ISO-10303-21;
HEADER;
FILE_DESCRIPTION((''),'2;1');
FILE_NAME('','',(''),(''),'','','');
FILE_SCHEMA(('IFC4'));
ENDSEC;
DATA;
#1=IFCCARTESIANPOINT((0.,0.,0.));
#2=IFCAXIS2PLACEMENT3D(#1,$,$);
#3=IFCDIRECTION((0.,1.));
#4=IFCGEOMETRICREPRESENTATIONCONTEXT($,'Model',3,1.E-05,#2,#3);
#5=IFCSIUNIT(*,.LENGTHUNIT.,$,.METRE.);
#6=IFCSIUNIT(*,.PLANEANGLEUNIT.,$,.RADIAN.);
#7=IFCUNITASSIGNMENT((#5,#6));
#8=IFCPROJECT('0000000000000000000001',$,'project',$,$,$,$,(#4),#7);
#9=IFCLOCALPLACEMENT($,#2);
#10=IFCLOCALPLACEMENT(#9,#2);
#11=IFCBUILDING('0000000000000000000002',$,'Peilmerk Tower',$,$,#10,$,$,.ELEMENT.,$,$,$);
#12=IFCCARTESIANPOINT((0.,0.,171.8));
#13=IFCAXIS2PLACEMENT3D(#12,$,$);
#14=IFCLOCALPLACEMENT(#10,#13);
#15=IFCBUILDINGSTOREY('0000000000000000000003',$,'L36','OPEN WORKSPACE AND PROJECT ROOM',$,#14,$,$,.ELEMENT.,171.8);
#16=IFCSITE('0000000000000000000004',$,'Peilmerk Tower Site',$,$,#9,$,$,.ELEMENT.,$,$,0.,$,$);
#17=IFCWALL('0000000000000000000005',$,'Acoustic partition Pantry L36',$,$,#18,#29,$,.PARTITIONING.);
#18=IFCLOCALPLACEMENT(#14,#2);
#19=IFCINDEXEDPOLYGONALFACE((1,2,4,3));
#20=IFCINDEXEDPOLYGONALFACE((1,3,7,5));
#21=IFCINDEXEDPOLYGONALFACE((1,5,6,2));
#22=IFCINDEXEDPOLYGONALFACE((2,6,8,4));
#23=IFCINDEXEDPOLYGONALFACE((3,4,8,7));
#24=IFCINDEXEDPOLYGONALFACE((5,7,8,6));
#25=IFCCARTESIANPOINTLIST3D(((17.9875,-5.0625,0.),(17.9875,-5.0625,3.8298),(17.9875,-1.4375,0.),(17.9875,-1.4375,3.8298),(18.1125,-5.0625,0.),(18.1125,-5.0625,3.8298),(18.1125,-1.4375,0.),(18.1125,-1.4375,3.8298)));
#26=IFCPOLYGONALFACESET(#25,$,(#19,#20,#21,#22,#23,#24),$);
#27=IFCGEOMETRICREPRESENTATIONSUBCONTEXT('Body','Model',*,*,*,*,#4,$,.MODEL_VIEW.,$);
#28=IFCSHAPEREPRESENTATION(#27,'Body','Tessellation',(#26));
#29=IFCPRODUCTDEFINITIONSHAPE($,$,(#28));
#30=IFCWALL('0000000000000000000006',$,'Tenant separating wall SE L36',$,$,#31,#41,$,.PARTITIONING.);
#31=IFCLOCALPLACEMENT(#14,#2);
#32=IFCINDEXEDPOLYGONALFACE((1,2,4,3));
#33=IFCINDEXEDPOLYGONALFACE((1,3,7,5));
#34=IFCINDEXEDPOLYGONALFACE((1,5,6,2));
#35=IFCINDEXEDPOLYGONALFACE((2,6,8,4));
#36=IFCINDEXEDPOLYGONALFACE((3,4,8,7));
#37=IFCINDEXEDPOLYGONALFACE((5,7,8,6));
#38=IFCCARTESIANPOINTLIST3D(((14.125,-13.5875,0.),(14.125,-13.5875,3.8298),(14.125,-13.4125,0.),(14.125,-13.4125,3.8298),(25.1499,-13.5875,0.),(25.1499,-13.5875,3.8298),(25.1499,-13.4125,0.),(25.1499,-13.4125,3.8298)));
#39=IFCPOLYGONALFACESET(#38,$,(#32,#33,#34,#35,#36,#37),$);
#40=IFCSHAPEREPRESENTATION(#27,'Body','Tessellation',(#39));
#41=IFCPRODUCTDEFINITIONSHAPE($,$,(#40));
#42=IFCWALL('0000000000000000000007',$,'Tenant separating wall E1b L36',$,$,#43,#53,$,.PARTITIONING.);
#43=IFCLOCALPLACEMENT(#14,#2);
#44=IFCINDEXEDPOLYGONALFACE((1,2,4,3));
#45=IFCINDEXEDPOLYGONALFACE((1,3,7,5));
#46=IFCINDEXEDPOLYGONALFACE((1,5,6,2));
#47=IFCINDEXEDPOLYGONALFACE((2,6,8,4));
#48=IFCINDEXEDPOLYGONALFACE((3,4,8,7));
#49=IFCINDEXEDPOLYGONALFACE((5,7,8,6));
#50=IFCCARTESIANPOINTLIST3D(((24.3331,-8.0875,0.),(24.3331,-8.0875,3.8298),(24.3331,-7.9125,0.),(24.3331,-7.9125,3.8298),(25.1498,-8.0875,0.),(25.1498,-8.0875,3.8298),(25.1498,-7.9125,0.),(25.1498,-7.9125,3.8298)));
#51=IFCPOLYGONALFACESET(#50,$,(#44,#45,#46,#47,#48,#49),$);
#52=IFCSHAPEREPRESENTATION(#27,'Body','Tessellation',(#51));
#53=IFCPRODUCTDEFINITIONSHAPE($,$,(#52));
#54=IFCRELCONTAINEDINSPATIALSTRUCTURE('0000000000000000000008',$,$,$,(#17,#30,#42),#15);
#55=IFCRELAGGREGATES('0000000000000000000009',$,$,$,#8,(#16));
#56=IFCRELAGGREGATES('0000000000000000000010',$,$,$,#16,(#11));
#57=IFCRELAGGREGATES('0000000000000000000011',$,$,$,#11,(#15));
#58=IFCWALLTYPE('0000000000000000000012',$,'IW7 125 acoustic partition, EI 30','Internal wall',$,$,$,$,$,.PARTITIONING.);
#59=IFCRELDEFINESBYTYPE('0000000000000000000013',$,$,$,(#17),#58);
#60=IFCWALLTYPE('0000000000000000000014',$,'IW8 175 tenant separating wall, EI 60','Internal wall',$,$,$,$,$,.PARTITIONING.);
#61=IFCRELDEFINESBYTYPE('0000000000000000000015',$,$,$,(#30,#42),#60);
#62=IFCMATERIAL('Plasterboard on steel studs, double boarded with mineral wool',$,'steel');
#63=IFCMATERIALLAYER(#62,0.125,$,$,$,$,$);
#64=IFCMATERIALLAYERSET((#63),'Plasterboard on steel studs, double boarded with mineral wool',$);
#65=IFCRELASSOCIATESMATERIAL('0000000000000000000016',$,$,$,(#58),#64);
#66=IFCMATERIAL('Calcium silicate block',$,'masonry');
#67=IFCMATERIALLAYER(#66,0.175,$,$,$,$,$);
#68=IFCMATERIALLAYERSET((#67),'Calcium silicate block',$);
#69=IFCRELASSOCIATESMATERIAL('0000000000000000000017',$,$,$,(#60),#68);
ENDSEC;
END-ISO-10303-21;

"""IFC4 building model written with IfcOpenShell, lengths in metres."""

from ifc_helpers import new_model, si_unit, direction, frame, frame_2d, origin, place, context, subcontext, project, spatial, rectangle, extrude, material, layer, layer_set, type_object, element, save


model = new_model("IFC4")

# Units and contexts
model_context = context("Model", 3, precision=1e-05, world=origin(), true_north=direction((0.0, 1.0)))
body_context = subcontext(model_context, "Body", "Model", "MODEL_VIEW")
ifc_project = project(units=[si_unit("LENGTHUNIT", "METRE"), si_unit("PLANEANGLEUNIT", "RADIAN")], contexts=[model_context])

# Site, building, storey
site_placement = place(None, origin())
site = spatial("IfcSite", under=ifc_project, at=site_placement, Name="Peilmerk Tower Site", CompositionType="ELEMENT", RefElevation=0.0)
building_placement = place(site_placement, origin())
building = spatial("IfcBuilding", under=site, at=building_placement, Name="Peilmerk Tower", CompositionType="ELEMENT")
storey_placement = place(building_placement, frame((0.0, 0.0, 171.8)))
storey = spatial("IfcBuildingStorey", under=building, at=storey_placement, Name="L36", Description="OPEN WORKSPACE AND PROJECT ROOM", CompositionType="ELEMENT", Elevation=171.8)

# Walls
ifc_material_1 = material(Name="Plasterboard on steel studs, double boarded with mineral wool", Category="steel")
ifc_layer_1 = layer(ifc_material_1, 0.125)
ifc_layer_set_1 = layer_set([ifc_layer_1], Name="Plasterboard on steel studs, double boarded with mineral wool")
wall_type_1 = type_object("IfcWallType", Name="IW7 125 acoustic partition, EI 30", Description="Internal wall", PredefinedType="PARTITIONING", material=ifc_layer_set_1)
wall_1_placement = place(storey_placement, frame((18.05, -5.0625, 0.0), z_axis=(0.0, 0.0, 1.0), x_axis=(0.0, 1.0, 0.0)))
element("IfcWall", 1, at=wall_1_placement, inside=storey, type_object=wall_type_1, Name="Acoustic partition Pantry L36", PredefinedType="PARTITIONING", context=body_context, shape_type="SweptSolid", body=[
    extrude(rectangle(XDim=3.625, YDim=0.125, at=frame_2d((1.8125, 0.0))), origin(), (0.0, 0.0, 1.0), 3.8298),
])
ifc_material_2 = material(Name="Calcium silicate block", Category="masonry")
ifc_layer_2 = layer(ifc_material_2, 0.175)
ifc_layer_set_2 = layer_set([ifc_layer_2], Name="Calcium silicate block")
wall_type_2 = type_object("IfcWallType", Name="IW8 175 tenant separating wall, EI 60", Description="Internal wall", PredefinedType="PARTITIONING", material=ifc_layer_set_2)
wall_2_placement = place(storey_placement, frame((25.1499, -13.5, 0.0), z_axis=(0.0, 0.0, 1.0), x_axis=(-1.0, 0.0, 0.0)))
element("IfcWall", 2, at=wall_2_placement, inside=storey, type_object=wall_type_2, Name="Tenant separating wall SE L36", PredefinedType="PARTITIONING", context=body_context, shape_type="SweptSolid", body=[
    extrude(rectangle(XDim=11.0249, YDim=0.175, at=frame_2d((5.5125, 0.0))), origin(), (0.0, 0.0, 1.0), 3.8298),
])
wall_3_placement = place(storey_placement, frame((24.3333, -8.0, 0.0), z_axis=(0.0, 0.0, 1.0), x_axis=(1.0, 0.0, 0.0)))
element("IfcWall", 3, at=wall_3_placement, inside=storey, type_object=wall_type_2, Name="Tenant separating wall E1b L36", PredefinedType="PARTITIONING", context=body_context, shape_type="SweptSolid", body=[
    extrude(rectangle(XDim=0.8167, YDim=0.175, at=frame_2d((0.4082, 0.0))), origin(), (0.0, 0.0, 1.0), 3.8298),
])

save(model, "model.ifc")
